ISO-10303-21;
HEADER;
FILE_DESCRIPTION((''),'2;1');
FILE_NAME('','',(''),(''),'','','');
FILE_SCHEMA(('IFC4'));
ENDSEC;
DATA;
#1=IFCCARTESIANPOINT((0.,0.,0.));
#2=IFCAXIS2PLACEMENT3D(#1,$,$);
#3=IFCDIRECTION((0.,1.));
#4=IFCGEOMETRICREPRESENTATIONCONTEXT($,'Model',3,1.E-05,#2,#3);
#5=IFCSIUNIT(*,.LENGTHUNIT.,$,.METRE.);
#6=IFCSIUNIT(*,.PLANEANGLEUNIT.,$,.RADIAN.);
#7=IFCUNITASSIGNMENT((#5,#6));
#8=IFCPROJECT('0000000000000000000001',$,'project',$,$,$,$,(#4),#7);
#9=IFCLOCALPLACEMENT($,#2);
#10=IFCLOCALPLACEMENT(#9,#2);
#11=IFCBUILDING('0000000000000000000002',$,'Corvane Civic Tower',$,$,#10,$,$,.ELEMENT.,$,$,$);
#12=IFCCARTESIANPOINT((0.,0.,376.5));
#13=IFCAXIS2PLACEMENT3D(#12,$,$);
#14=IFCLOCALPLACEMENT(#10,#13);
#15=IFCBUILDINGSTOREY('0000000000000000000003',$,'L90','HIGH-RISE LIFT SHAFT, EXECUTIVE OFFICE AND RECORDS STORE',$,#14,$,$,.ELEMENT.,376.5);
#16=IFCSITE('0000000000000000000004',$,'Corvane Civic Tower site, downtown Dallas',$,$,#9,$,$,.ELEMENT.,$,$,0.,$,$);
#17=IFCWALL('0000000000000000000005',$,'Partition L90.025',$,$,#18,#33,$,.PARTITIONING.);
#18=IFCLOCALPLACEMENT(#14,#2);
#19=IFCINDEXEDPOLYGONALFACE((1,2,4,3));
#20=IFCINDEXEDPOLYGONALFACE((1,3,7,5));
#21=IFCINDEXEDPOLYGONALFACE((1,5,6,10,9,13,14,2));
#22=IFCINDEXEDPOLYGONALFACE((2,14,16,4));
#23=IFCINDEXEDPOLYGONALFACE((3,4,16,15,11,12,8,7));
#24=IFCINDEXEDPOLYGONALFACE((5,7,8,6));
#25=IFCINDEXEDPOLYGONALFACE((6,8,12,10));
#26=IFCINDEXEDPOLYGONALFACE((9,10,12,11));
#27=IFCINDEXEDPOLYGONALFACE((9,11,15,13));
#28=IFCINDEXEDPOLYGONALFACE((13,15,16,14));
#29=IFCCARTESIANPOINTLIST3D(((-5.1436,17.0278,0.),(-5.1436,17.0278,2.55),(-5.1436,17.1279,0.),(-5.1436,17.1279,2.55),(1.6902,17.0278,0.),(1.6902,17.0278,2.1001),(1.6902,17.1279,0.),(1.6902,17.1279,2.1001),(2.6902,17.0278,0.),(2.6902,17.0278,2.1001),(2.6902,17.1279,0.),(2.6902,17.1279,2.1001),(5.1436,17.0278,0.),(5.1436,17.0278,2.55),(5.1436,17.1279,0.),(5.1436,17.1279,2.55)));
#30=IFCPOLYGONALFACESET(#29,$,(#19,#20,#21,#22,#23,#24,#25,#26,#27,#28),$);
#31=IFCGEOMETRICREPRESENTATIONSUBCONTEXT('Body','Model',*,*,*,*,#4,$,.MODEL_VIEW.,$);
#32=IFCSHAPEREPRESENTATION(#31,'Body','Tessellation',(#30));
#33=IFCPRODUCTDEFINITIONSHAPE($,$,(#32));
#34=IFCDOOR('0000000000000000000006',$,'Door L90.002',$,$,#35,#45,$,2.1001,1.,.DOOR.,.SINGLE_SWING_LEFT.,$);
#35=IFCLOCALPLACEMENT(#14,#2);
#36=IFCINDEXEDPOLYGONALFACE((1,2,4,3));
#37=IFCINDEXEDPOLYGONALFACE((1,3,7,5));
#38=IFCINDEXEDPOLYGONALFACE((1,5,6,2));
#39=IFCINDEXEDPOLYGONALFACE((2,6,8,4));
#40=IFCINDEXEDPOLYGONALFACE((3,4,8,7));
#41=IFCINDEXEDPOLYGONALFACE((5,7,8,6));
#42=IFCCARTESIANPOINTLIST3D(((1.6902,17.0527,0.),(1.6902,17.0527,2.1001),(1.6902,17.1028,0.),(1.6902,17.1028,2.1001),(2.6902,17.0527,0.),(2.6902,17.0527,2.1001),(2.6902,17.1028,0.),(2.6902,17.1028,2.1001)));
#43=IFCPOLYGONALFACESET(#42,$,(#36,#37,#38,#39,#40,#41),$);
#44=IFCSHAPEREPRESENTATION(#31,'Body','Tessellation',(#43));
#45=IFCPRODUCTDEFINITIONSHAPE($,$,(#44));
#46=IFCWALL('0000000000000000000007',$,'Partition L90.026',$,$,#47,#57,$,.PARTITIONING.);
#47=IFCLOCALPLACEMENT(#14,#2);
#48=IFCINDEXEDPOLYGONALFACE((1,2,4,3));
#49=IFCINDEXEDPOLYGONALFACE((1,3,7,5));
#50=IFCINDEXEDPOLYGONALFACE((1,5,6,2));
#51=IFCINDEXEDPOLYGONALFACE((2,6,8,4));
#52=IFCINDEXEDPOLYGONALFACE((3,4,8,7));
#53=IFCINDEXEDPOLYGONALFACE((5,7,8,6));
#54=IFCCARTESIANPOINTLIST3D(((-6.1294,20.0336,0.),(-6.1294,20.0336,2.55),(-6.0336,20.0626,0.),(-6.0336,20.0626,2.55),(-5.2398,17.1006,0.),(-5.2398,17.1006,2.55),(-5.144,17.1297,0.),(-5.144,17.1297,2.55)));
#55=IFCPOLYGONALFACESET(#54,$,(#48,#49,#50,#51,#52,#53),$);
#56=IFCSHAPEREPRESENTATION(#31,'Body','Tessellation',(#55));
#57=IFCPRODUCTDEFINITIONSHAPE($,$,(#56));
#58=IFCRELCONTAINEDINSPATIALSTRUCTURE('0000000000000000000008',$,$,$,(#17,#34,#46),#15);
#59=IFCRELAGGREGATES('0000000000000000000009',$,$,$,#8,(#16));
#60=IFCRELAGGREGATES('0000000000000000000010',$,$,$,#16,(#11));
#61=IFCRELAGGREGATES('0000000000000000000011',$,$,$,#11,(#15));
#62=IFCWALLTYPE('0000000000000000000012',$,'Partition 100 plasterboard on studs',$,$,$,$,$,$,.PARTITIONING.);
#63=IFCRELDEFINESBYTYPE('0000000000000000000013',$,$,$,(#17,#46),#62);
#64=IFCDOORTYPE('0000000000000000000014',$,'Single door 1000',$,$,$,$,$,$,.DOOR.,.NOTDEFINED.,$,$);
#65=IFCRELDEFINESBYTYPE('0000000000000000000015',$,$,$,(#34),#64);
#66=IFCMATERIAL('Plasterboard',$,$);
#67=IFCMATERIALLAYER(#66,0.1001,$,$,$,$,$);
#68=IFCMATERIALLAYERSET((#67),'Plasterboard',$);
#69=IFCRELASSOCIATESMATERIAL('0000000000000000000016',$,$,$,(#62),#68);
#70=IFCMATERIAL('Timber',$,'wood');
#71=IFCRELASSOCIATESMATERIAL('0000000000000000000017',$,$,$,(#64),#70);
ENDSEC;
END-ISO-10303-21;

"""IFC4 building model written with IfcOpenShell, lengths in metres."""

from ifc_helpers import new_model, si_unit, direction, frame, frame_2d, origin, place, context, subcontext, project, spatial, rectangle, extrude, material, layer, layer_set, type_object, element, fill, save


model = new_model("IFC4")

# Units and contexts
model_context = context("Model", 3, precision=1e-05, world=origin(), true_north=direction((0.0, 1.0)))
body_context = subcontext(model_context, "Body", "Model", "MODEL_VIEW")
ifc_project = project(units=[si_unit("LENGTHUNIT", "METRE"), si_unit("PLANEANGLEUNIT", "RADIAN")], contexts=[model_context])

# Site, building, storey
site_placement = place(None, origin())
site = spatial("IfcSite", under=ifc_project, at=site_placement, Name="Corvane Civic Tower site, downtown Dallas", CompositionType="ELEMENT", RefElevation=0.0)
building_placement = place(site_placement, origin())
building = spatial("IfcBuilding", under=site, at=building_placement, Name="Corvane Civic Tower", CompositionType="ELEMENT")
storey_placement = place(building_placement, frame((0.0, 0.0, 376.5)))
storey = spatial("IfcBuildingStorey", under=building, at=storey_placement, Name="L90", Description="HIGH-RISE LIFT SHAFT, EXECUTIVE OFFICE AND RECORDS STORE", CompositionType="ELEMENT", Elevation=376.5)

# Wall, opening, door
ifc_material_1 = material(Name="Plasterboard")
ifc_layer_1 = layer(ifc_material_1, 0.1001)
ifc_layer_set_1 = layer_set([ifc_layer_1], Name="Plasterboard")
wall_type = type_object("IfcWallType", Name="Partition 100 plasterboard on studs", PredefinedType="PARTITIONING", material=ifc_layer_set_1)
wall_1_placement = place(storey_placement, frame((-5.1436, 17.0779, 0.0), z_axis=(0.0, 0.0, 1.0), x_axis=(1.0, 0.0, 0.0)))
wall_1 = element("IfcWall", 1, at=wall_1_placement, inside=storey, type_object=wall_type, Name="Partition L90.025", PredefinedType="PARTITIONING", context=body_context, shape_type="SweptSolid", body=[
    extrude(rectangle(XDim=10.2871, YDim=0.1001, at=frame_2d((5.1436, 0.0))), origin(), (0.0, 0.0, 1.0), 2.55),
])
opening_1_placement = place(wall_1_placement, frame((6.8337, 0.0, 0.0)))
opening_1 = element("IfcOpeningElement", 2, at=opening_1_placement, cuts=wall_1, PredefinedType="OPENING", context=body_context, shape_type="SweptSolid", body=[
    extrude(rectangle(XDim=1.0, YDim=2.1001, at=frame_2d((0.5, 1.05))), frame((0.0, 0.0601, 0.0), z_axis=(0.0, -1.0, 0.0), x_axis=(1.0, 0.0, 0.0)), (0.0, 0.0, 1.0), 0.1201),
])
ifc_material_2 = material(Name="Timber", Category="wood")
door_type_1 = type_object("IfcDoorType", Name="Single door 1000", OperationType="NOTDEFINED", PredefinedType="DOOR", material=ifc_material_2)
door_1_placement = place(opening_1_placement, origin())
door_1 = element("IfcDoor", 3, at=door_1_placement, inside=storey, type_object=door_type_1, Name="Door L90.002", OperationType="SINGLE_SWING_LEFT", OverallHeight=2.1001, OverallWidth=1.0, PredefinedType="DOOR", context=body_context, shape_type="SweptSolid", body=[
    extrude(rectangle(XDim=1.0, YDim=2.1001, at=frame_2d((0.5, 1.05))), frame((0.0, 0.0249, 0.0), z_axis=(0.0, -1.0, 0.0), x_axis=(1.0, 0.0, 0.0)), (0.0, 0.0, 1.0), 0.05),
])
fill(opening_1, door_1)

# Wall
wall_2_placement = place(storey_placement, frame((-6.0815, 20.0481, 0.0), z_axis=(0.0, 0.0, 1.0), x_axis=(0.290277, -0.956943, 0.0)))
element("IfcWall", 4, at=wall_2_placement, inside=storey, type_object=wall_type, Name="Partition L90.026", PredefinedType="PARTITIONING", context=body_context, shape_type="SweptSolid", body=[
    extrude(rectangle(XDim=3.0649, YDim=0.1001, at=frame_2d((1.5325, 0.0))), origin(), (0.0, 0.0, 1.0), 2.55),
])

save(model, "model.ifc")
